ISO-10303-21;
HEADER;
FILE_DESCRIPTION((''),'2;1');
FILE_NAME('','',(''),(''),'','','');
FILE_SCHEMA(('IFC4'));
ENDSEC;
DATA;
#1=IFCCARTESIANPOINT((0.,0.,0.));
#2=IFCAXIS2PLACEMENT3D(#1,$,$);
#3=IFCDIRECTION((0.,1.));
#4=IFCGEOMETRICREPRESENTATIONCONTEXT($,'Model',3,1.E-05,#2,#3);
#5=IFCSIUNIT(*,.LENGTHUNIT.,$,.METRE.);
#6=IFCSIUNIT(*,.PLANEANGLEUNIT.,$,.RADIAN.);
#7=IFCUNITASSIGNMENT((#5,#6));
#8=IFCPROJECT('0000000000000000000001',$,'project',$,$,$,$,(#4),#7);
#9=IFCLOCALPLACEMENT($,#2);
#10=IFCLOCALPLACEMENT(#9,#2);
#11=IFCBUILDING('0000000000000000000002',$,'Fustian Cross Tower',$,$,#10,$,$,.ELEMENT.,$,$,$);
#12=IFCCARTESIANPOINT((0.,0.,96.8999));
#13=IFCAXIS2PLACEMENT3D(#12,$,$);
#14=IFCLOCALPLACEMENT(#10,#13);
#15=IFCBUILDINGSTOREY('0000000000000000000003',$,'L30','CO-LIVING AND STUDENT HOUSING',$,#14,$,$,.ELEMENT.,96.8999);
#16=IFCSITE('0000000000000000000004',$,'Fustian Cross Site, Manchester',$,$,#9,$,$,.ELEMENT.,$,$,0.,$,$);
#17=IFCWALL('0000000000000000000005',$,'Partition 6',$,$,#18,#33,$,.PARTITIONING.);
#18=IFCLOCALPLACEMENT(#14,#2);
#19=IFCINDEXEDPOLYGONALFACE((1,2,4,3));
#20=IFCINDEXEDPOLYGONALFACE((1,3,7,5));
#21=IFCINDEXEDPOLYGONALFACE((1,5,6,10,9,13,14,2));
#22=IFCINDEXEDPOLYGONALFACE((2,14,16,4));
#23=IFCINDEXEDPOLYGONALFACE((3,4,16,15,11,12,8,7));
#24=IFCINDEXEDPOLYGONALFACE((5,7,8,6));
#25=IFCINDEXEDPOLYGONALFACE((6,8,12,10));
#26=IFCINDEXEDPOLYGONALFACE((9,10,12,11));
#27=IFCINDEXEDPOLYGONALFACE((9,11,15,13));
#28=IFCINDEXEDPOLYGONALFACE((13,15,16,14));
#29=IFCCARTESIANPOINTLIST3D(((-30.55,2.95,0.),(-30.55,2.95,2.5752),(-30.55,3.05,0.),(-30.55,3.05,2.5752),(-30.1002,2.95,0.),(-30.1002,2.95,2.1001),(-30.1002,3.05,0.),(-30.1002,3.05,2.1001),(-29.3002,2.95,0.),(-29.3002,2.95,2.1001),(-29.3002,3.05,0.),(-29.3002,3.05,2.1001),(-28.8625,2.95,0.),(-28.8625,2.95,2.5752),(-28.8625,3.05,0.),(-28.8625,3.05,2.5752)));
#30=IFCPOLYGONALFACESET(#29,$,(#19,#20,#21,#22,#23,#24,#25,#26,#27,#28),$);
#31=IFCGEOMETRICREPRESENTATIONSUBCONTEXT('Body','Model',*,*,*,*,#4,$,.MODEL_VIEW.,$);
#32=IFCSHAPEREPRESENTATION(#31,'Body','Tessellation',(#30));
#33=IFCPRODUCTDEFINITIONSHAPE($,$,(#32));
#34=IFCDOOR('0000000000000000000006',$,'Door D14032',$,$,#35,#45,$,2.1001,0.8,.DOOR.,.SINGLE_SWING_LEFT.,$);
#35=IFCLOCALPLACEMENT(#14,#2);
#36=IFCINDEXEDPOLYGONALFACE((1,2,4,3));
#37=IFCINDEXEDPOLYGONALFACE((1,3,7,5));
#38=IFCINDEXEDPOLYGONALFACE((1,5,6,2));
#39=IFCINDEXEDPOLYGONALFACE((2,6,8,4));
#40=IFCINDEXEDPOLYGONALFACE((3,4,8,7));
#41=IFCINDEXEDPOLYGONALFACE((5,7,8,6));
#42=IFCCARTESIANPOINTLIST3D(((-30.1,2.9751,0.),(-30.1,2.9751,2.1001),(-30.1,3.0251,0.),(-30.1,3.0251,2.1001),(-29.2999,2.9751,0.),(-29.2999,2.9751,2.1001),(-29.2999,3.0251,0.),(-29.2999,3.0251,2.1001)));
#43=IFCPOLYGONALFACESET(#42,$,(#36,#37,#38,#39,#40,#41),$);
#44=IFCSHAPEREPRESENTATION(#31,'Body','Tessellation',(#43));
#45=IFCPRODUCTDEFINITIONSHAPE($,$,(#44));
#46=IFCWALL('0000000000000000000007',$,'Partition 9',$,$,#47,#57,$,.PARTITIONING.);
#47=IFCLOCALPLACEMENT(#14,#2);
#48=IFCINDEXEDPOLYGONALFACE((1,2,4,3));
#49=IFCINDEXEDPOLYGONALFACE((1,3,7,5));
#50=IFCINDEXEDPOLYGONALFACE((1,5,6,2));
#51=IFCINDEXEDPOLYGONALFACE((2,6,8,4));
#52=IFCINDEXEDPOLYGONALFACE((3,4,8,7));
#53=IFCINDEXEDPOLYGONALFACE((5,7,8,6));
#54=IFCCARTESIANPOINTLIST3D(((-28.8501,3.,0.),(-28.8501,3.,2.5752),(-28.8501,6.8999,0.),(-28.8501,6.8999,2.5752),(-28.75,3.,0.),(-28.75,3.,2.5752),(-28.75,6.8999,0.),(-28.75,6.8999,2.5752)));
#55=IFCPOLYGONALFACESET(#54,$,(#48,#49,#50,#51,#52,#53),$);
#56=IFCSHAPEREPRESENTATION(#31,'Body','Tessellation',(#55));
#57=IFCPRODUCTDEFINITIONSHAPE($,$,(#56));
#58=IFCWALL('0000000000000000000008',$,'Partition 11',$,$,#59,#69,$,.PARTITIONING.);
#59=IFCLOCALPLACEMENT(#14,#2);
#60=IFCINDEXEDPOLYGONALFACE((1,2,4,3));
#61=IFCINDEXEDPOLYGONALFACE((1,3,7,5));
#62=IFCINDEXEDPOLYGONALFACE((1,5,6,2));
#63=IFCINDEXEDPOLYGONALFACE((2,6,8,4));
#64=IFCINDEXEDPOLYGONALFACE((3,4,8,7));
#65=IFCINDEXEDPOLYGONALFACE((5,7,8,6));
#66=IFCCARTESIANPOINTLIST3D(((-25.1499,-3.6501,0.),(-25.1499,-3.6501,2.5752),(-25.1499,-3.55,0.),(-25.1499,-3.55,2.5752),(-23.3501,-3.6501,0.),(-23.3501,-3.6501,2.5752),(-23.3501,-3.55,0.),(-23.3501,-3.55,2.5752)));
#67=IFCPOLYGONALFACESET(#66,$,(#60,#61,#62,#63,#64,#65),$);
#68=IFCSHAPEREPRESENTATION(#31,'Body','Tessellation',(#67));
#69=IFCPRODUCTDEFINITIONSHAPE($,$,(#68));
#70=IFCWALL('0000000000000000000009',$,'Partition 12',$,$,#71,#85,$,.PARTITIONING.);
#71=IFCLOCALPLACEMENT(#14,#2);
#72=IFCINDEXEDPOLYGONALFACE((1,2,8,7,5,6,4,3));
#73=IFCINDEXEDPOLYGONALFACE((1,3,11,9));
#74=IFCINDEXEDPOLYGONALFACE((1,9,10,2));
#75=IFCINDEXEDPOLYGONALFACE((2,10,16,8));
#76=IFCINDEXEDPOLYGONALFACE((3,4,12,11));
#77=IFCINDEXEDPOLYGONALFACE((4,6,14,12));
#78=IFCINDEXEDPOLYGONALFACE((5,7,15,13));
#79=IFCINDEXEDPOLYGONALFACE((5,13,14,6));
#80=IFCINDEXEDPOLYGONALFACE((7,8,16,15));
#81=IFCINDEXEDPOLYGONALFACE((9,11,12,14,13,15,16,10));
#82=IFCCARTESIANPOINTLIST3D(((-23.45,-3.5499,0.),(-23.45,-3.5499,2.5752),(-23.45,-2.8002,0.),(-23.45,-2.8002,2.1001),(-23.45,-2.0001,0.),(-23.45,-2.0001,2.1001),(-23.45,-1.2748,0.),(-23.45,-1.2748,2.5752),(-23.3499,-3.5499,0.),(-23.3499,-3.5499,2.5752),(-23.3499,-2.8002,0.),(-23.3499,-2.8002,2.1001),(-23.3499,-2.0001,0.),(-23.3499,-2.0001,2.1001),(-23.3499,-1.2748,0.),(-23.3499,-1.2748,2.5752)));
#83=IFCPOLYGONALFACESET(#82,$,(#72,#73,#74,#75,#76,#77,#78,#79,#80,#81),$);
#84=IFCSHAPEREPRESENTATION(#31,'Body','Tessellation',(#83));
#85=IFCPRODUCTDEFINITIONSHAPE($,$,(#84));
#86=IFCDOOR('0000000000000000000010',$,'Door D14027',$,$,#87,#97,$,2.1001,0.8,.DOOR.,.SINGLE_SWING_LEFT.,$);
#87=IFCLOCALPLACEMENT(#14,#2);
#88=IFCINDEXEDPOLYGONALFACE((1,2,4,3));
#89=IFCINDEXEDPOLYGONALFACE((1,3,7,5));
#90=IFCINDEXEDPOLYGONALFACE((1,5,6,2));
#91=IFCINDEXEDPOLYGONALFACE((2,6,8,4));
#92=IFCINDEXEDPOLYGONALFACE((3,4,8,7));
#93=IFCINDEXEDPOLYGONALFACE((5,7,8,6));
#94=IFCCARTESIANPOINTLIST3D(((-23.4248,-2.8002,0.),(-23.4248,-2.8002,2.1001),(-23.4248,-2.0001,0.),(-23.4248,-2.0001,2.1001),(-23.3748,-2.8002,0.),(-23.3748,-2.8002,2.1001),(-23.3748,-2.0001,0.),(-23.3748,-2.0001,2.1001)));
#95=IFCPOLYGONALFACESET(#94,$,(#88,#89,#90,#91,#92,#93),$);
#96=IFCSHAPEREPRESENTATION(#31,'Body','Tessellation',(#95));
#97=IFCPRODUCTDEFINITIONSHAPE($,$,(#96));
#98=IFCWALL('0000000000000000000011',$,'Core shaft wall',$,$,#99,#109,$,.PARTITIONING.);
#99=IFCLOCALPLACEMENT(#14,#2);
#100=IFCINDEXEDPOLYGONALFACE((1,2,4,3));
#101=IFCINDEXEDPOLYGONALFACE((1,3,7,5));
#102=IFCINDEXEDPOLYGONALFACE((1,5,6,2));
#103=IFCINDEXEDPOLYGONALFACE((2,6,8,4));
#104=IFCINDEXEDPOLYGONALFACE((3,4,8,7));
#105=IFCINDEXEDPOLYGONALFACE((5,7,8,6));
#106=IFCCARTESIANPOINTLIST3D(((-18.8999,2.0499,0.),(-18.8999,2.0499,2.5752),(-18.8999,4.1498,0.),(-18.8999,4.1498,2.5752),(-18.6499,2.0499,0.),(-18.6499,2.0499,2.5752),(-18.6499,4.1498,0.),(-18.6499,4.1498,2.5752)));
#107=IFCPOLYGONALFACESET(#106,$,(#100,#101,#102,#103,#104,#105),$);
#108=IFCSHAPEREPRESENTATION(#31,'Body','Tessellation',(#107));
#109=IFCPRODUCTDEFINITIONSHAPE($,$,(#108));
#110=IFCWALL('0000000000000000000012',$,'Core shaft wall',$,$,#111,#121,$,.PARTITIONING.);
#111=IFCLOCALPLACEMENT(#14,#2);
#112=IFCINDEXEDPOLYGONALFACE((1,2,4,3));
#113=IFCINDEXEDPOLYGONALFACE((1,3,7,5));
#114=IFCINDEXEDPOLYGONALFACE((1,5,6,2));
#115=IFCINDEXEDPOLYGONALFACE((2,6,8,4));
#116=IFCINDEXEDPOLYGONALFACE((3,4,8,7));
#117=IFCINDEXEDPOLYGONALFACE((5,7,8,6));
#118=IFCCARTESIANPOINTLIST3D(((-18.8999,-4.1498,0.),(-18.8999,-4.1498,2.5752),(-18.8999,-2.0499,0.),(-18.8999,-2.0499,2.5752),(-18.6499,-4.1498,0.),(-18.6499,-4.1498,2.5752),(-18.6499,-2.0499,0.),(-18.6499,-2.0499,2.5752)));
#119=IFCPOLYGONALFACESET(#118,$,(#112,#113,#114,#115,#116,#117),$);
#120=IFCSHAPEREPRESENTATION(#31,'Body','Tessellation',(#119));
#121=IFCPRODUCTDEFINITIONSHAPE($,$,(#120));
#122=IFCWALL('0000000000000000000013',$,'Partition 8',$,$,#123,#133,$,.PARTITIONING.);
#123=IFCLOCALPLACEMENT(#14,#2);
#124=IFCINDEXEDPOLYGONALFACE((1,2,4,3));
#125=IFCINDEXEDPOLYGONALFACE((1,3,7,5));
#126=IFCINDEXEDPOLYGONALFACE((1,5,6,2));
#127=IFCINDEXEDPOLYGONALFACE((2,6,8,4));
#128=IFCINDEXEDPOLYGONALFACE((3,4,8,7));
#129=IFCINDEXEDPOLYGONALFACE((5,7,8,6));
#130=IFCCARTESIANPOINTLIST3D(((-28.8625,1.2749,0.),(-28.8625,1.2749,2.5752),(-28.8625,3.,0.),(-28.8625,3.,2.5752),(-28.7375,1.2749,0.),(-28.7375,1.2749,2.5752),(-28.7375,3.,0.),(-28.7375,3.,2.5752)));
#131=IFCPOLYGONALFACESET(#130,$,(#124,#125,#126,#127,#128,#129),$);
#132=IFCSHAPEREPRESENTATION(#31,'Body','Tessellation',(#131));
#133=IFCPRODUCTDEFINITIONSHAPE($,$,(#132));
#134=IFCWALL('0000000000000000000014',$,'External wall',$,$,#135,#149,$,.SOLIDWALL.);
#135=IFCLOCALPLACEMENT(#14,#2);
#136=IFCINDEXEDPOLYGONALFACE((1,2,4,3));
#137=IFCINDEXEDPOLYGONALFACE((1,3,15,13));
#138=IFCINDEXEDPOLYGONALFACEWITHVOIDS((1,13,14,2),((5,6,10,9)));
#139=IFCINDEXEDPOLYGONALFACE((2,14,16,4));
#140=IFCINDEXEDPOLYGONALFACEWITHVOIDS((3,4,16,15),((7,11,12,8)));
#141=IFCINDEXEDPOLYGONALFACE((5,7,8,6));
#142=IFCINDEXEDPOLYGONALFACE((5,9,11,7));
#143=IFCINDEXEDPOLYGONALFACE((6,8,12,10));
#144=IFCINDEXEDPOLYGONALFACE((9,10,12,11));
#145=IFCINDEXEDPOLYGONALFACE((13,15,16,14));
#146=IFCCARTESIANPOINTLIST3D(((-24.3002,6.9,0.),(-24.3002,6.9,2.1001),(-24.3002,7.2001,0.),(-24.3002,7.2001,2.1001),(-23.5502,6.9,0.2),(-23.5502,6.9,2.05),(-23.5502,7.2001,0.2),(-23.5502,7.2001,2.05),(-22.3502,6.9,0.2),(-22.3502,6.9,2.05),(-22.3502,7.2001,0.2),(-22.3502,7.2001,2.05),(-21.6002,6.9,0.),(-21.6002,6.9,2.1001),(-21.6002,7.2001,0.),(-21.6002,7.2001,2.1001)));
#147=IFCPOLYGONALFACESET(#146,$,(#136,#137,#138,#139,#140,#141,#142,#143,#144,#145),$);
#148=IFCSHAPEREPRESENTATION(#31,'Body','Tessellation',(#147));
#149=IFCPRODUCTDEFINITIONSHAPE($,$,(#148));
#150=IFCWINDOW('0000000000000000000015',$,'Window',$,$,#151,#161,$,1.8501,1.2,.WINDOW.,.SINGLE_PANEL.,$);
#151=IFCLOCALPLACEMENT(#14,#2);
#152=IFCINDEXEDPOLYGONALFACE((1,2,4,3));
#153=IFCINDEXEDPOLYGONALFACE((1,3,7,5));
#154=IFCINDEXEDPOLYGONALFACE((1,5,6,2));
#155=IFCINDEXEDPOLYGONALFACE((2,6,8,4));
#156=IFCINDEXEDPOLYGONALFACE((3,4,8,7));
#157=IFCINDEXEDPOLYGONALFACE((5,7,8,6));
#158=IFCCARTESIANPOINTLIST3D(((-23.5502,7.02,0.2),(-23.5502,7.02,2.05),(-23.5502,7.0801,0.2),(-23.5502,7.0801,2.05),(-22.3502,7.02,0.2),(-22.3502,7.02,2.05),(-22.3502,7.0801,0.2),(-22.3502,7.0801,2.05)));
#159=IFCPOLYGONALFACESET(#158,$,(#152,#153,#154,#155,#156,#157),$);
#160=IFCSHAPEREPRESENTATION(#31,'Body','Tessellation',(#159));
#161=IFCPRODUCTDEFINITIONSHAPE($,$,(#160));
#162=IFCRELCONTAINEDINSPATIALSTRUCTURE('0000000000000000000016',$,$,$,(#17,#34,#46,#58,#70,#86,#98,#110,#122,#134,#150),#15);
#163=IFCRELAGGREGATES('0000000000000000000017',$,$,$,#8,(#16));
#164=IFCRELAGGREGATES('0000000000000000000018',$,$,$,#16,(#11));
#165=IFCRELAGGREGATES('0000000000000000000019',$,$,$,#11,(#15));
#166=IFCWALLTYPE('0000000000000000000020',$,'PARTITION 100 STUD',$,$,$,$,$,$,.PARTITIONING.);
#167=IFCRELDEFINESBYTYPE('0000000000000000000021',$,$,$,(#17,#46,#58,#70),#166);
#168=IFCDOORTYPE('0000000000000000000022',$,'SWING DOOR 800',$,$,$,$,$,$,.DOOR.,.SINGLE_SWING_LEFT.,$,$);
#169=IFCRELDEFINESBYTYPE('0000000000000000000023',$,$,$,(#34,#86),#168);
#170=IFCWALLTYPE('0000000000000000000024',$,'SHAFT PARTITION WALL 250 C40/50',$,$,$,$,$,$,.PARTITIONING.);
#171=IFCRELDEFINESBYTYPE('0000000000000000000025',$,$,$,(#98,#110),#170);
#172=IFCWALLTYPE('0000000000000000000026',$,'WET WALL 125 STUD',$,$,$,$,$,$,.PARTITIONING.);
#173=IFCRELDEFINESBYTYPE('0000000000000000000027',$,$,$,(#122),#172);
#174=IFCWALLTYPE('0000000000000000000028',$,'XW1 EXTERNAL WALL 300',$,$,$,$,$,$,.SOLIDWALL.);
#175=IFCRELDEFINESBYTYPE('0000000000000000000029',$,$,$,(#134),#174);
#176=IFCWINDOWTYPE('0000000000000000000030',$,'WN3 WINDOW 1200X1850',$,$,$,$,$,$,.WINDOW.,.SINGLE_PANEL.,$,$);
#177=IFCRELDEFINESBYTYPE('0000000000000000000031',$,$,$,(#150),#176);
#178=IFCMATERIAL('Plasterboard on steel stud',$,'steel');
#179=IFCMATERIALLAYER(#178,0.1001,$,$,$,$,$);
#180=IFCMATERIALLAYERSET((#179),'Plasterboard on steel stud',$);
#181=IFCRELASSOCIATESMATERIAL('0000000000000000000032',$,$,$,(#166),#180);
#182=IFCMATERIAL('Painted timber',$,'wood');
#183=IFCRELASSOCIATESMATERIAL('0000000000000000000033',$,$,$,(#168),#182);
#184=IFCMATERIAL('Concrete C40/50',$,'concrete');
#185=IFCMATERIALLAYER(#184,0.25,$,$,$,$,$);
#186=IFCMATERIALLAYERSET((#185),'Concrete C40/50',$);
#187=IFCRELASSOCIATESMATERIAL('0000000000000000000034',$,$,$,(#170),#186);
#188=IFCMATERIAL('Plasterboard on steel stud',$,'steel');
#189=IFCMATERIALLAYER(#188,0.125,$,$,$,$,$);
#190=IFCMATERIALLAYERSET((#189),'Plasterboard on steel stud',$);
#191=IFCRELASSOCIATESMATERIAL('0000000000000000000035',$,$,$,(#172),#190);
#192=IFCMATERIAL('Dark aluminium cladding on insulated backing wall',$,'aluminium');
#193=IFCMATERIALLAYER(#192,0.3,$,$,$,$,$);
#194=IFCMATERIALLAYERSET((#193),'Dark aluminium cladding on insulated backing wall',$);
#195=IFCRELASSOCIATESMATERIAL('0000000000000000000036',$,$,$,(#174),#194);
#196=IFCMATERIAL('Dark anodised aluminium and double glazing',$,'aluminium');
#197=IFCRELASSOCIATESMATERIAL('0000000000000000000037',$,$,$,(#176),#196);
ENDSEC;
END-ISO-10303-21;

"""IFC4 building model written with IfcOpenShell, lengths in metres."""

from ifc_helpers import new_model, si_unit, direction, frame, frame_2d, origin, place, context, subcontext, project, spatial, rectangle, extrude, material, layer, layer_set, type_object, element, fill, save


model = new_model("IFC4")

# Units and contexts
model_context = context("Model", 3, precision=1e-05, world=origin(), true_north=direction((0.0, 1.0)))
body_context = subcontext(model_context, "Body", "Model", "MODEL_VIEW")
ifc_project = project(units=[si_unit("LENGTHUNIT", "METRE"), si_unit("PLANEANGLEUNIT", "RADIAN")], contexts=[model_context])

# Site, building, storey
site_placement = place(None, origin())
site = spatial("IfcSite", under=ifc_project, at=site_placement, Name="Fustian Cross Site, Manchester", CompositionType="ELEMENT", RefElevation=0.0)
building_placement = place(site_placement, origin())
building = spatial("IfcBuilding", under=site, at=building_placement, Name="Fustian Cross Tower", CompositionType="ELEMENT")
storey_placement = place(building_placement, frame((0.0, 0.0, 96.8999)))
storey = spatial("IfcBuildingStorey", under=building, at=storey_placement, Name="L30", Description="CO-LIVING AND STUDENT HOUSING", CompositionType="ELEMENT", Elevation=96.8999)

# Shared definitions
ifc_material_1 = material(Name="Plasterboard on steel stud", Category="steel")
ifc_layer_1 = layer(ifc_material_1, 0.1001)
ifc_layer_set_1 = layer_set([ifc_layer_1], Name="Plasterboard on steel stud")
wall_type_1 = type_object("IfcWallType", Name="PARTITION 100 STUD", PredefinedType="PARTITIONING", material=ifc_layer_set_1)

# Wall, opening, door
wall_1_placement = place(storey_placement, frame((-30.55, 3.0, 0.0), z_axis=(0.0, 0.0, 1.0), x_axis=(1.0, 0.0, 0.0)))
wall_1 = element("IfcWall", 1, at=wall_1_placement, inside=storey, type_object=wall_type_1, Name="Partition 6", PredefinedType="PARTITIONING", context=body_context, shape_type="SweptSolid", body=[
    extrude(rectangle(XDim=1.6875, YDim=0.1001, at=frame_2d((0.8438, 0.0))), origin(), (0.0, 0.0, 1.0), 2.5752),
])
opening_1_placement = place(wall_1_placement, frame((0.45, 0.0, 0.0)))
opening_1 = element("IfcOpeningElement", 2, at=opening_1_placement, cuts=wall_1, PredefinedType="OPENING", context=body_context, shape_type="SweptSolid", body=[
    extrude(rectangle(XDim=0.8, YDim=2.1001, at=frame_2d((0.3999, 1.05))), frame((0.0, 0.0601, 0.0), z_axis=(0.0, -1.0, 0.0), x_axis=(1.0, 0.0, 0.0)), (0.0, 0.0, 1.0), 0.1201),
])
ifc_material_2 = material(Name="Painted timber", Category="wood")
door_type_1 = type_object("IfcDoorType", Name="SWING DOOR 800", OperationType="SINGLE_SWING_LEFT", PredefinedType="DOOR", material=ifc_material_2)
door_1_placement = place(opening_1_placement, frame((0.8, 0.0, 0.0), z_axis=(0.0, 0.0, 1.0), x_axis=(-1.0, 0.0, 0.0)))
door_1 = element("IfcDoor", 3, at=door_1_placement, inside=storey, type_object=door_type_1, Name="Door D14032", OperationType="SINGLE_SWING_LEFT", OverallHeight=2.1001, OverallWidth=0.8, PredefinedType="DOOR", context=body_context, shape_type="SweptSolid", body=[
    extrude(rectangle(XDim=0.8, YDim=2.1001, at=frame_2d((0.3999, 1.05))), frame((0.0, 0.0249, 0.0), z_axis=(0.0, -1.0, 0.0), x_axis=(1.0, 0.0, 0.0)), (0.0, 0.0, 1.0), 0.05),
])
fill(opening_1, door_1)

# Walls
wall_2_placement = place(storey_placement, frame((-28.8, 3.0, 0.0), z_axis=(0.0, 0.0, 1.0), x_axis=(0.0, 1.0, 0.0)))
element("IfcWall", 4, at=wall_2_placement, inside=storey, type_object=wall_type_1, Name="Partition 9", PredefinedType="PARTITIONING", context=body_context, shape_type="SweptSolid", body=[
    extrude(rectangle(XDim=3.8999, YDim=0.1001, at=frame_2d((1.95, 0.0))), origin(), (0.0, 0.0, 1.0), 2.5752),
])
wall_3_placement = place(storey_placement, frame((-25.1499, -3.6001, 0.0), z_axis=(0.0, 0.0, 1.0), x_axis=(1.0, 0.0, 0.0)))
element("IfcWall", 5, at=wall_3_placement, inside=storey, type_object=wall_type_1, Name="Partition 11", PredefinedType="PARTITIONING", context=body_context, shape_type="SweptSolid", body=[
    extrude(rectangle(XDim=1.7998, YDim=0.1001, at=frame_2d((0.8999, 0.0))), origin(), (0.0, 0.0, 1.0), 2.5752),
])

# Wall, opening, door
wall_4_placement = place(storey_placement, frame((-23.3999, -3.55, 0.0), z_axis=(0.0, 0.0, 1.0), x_axis=(0.0, 1.0, 0.0)))
wall_4 = element("IfcWall", 6, at=wall_4_placement, inside=storey, type_object=wall_type_1, Name="Partition 12", PredefinedType="PARTITIONING", context=body_context, shape_type="SweptSolid", body=[
    extrude(rectangle(XDim=2.2751, YDim=0.1001, at=frame_2d((1.1377, 0.0))), origin(), (0.0, 0.0, 1.0), 2.5752),
])
opening_2_placement = place(wall_4_placement, frame((0.75, 0.0, 0.0)))
opening_2 = element("IfcOpeningElement", 7, at=opening_2_placement, cuts=wall_4, PredefinedType="OPENING", context=body_context, shape_type="SweptSolid", body=[
    extrude(rectangle(XDim=0.8, YDim=2.1001, at=frame_2d((0.3999, 1.05))), frame((0.0, 0.0601, 0.0), z_axis=(0.0, -1.0, 0.0), x_axis=(1.0, 0.0, 0.0)), (0.0, 0.0, 1.0), 0.1201),
])
door_2_placement = place(opening_2_placement, origin())
door_2 = element("IfcDoor", 8, at=door_2_placement, inside=storey, type_object=door_type_1, Name="Door D14027", OperationType="SINGLE_SWING_LEFT", OverallHeight=2.1001, OverallWidth=0.8, PredefinedType="DOOR", context=body_context, shape_type="SweptSolid", body=[
    extrude(rectangle(XDim=0.8, YDim=2.1001, at=frame_2d((0.3999, 1.05))), frame((0.0, 0.0249, 0.0), z_axis=(0.0, -1.0, 0.0), x_axis=(1.0, 0.0, 0.0)), (0.0, 0.0, 1.0), 0.05),
])
fill(opening_2, door_2)

# Walls
ifc_material_3 = material(Name="Concrete C40/50", Category="concrete")
ifc_layer_2 = layer(ifc_material_3, 0.25)
ifc_layer_set_2 = layer_set([ifc_layer_2], Name="Concrete C40/50")
wall_type_2 = type_object("IfcWallType", Name="SHAFT PARTITION WALL 250 C40/50", PredefinedType="PARTITIONING", material=ifc_layer_set_2)
for number, where, z_axis, x_axis, name in (
    (9, (-18.7749, 2.05, 0.0), (0.0, 0.0, 1.0), (0.0, 1.0, 0.0), "Core shaft wall"),
    (10, (-18.7749, -2.05, 0.0), (0.0, 0.0, 1.0), (0.0, -1.0, 0.0), "Core shaft wall"),
):
    element("IfcWall", number, at=place(storey_placement, frame(where, z_axis=z_axis, x_axis=x_axis)), inside=storey, type_object=wall_type_2, Name=name, PredefinedType="PARTITIONING", context=body_context, shape_type="SweptSolid", body=[
        extrude(rectangle(XDim=2.0999, YDim=0.25, at=frame_2d((1.0498, 0.0))), origin(), (0.0, 0.0, 1.0), 2.5752),
    ])
ifc_material_4 = material(Name="Plasterboard on steel stud", Category="steel")
ifc_layer_3 = layer(ifc_material_4, 0.125)
ifc_layer_set_3 = layer_set([ifc_layer_3], Name="Plasterboard on steel stud")
wall_type_3 = type_object("IfcWallType", Name="WET WALL 125 STUD", PredefinedType="PARTITIONING", material=ifc_layer_set_3)
wall_5_placement = place(storey_placement, frame((-28.8, 1.2749, 0.0), z_axis=(0.0, 0.0, 1.0), x_axis=(0.0, 1.0, 0.0)))
element("IfcWall", 11, at=wall_5_placement, inside=storey, type_object=wall_type_3, Name="Partition 8", PredefinedType="PARTITIONING", context=body_context, shape_type="SweptSolid", body=[
    extrude(rectangle(XDim=1.7251, YDim=0.125, at=frame_2d((0.8625, 0.0))), origin(), (0.0, 0.0, 1.0), 2.5752),
])

# Wall, opening, window
ifc_material_5 = material(Name="Dark aluminium cladding on insulated backing wall", Category="aluminium")
ifc_layer_4 = layer(ifc_material_5, 0.3)
ifc_layer_set_4 = layer_set([ifc_layer_4], Name="Dark aluminium cladding on insulated backing wall")
wall_type_4 = type_object("IfcWallType", Name="XW1 EXTERNAL WALL 300", PredefinedType="SOLIDWALL", material=ifc_layer_set_4)
wall_6_placement = place(storey_placement, frame((-21.6001, 7.05, 0.0), z_axis=(0.0, 0.0, 1.0), x_axis=(-1.0, 0.0, 0.0)))
wall_6 = element("IfcWall", 12, at=wall_6_placement, inside=storey, type_object=wall_type_4, Name="External wall", PredefinedType="SOLIDWALL", context=body_context, shape_type="SweptSolid", body=[
    extrude(rectangle(XDim=2.7, YDim=0.3, at=frame_2d((1.3501, 0.0))), origin(), (0.0, 0.0, 1.0), 2.1001),
])
opening_3_placement = place(wall_6_placement, frame((0.75, 0.0, 0.2)))
opening_3 = element("IfcOpeningElement", 13, at=opening_3_placement, cuts=wall_6, PredefinedType="OPENING", context=body_context, shape_type="SweptSolid", body=[
    extrude(rectangle(XDim=1.2, YDim=1.8501, at=frame_2d((0.6001, 0.925))), frame((0.0, 0.1599, 0.0), z_axis=(0.0, -1.0, 0.0), x_axis=(1.0, 0.0, 0.0)), (0.0, 0.0, 1.0), 0.3201),
])
ifc_material_6 = material(Name="Dark anodised aluminium and double glazing", Category="aluminium")
window_type = type_object("IfcWindowType", Name="WN3 WINDOW 1200X1850", PartitioningType="SINGLE_PANEL", PredefinedType="WINDOW", material=ifc_material_6)
window_1_placement = place(opening_3_placement, origin())
window_1 = element("IfcWindow", 14, at=window_1_placement, inside=storey, type_object=window_type, Name="Window", OverallHeight=1.8501, OverallWidth=1.2, PartitioningType="SINGLE_PANEL", PredefinedType="WINDOW", context=body_context, shape_type="SweptSolid", body=[
    extrude(rectangle(XDim=1.2, YDim=1.8501, at=frame_2d((0.6001, 0.925))), frame((0.0, 0.03, 0.0), z_axis=(0.0, -1.0, 0.0), x_axis=(1.0, 0.0, 0.0)), (0.0, 0.0, 1.0), 0.0601),
])
fill(opening_3, window_1)

save(model, "model.ifc")
